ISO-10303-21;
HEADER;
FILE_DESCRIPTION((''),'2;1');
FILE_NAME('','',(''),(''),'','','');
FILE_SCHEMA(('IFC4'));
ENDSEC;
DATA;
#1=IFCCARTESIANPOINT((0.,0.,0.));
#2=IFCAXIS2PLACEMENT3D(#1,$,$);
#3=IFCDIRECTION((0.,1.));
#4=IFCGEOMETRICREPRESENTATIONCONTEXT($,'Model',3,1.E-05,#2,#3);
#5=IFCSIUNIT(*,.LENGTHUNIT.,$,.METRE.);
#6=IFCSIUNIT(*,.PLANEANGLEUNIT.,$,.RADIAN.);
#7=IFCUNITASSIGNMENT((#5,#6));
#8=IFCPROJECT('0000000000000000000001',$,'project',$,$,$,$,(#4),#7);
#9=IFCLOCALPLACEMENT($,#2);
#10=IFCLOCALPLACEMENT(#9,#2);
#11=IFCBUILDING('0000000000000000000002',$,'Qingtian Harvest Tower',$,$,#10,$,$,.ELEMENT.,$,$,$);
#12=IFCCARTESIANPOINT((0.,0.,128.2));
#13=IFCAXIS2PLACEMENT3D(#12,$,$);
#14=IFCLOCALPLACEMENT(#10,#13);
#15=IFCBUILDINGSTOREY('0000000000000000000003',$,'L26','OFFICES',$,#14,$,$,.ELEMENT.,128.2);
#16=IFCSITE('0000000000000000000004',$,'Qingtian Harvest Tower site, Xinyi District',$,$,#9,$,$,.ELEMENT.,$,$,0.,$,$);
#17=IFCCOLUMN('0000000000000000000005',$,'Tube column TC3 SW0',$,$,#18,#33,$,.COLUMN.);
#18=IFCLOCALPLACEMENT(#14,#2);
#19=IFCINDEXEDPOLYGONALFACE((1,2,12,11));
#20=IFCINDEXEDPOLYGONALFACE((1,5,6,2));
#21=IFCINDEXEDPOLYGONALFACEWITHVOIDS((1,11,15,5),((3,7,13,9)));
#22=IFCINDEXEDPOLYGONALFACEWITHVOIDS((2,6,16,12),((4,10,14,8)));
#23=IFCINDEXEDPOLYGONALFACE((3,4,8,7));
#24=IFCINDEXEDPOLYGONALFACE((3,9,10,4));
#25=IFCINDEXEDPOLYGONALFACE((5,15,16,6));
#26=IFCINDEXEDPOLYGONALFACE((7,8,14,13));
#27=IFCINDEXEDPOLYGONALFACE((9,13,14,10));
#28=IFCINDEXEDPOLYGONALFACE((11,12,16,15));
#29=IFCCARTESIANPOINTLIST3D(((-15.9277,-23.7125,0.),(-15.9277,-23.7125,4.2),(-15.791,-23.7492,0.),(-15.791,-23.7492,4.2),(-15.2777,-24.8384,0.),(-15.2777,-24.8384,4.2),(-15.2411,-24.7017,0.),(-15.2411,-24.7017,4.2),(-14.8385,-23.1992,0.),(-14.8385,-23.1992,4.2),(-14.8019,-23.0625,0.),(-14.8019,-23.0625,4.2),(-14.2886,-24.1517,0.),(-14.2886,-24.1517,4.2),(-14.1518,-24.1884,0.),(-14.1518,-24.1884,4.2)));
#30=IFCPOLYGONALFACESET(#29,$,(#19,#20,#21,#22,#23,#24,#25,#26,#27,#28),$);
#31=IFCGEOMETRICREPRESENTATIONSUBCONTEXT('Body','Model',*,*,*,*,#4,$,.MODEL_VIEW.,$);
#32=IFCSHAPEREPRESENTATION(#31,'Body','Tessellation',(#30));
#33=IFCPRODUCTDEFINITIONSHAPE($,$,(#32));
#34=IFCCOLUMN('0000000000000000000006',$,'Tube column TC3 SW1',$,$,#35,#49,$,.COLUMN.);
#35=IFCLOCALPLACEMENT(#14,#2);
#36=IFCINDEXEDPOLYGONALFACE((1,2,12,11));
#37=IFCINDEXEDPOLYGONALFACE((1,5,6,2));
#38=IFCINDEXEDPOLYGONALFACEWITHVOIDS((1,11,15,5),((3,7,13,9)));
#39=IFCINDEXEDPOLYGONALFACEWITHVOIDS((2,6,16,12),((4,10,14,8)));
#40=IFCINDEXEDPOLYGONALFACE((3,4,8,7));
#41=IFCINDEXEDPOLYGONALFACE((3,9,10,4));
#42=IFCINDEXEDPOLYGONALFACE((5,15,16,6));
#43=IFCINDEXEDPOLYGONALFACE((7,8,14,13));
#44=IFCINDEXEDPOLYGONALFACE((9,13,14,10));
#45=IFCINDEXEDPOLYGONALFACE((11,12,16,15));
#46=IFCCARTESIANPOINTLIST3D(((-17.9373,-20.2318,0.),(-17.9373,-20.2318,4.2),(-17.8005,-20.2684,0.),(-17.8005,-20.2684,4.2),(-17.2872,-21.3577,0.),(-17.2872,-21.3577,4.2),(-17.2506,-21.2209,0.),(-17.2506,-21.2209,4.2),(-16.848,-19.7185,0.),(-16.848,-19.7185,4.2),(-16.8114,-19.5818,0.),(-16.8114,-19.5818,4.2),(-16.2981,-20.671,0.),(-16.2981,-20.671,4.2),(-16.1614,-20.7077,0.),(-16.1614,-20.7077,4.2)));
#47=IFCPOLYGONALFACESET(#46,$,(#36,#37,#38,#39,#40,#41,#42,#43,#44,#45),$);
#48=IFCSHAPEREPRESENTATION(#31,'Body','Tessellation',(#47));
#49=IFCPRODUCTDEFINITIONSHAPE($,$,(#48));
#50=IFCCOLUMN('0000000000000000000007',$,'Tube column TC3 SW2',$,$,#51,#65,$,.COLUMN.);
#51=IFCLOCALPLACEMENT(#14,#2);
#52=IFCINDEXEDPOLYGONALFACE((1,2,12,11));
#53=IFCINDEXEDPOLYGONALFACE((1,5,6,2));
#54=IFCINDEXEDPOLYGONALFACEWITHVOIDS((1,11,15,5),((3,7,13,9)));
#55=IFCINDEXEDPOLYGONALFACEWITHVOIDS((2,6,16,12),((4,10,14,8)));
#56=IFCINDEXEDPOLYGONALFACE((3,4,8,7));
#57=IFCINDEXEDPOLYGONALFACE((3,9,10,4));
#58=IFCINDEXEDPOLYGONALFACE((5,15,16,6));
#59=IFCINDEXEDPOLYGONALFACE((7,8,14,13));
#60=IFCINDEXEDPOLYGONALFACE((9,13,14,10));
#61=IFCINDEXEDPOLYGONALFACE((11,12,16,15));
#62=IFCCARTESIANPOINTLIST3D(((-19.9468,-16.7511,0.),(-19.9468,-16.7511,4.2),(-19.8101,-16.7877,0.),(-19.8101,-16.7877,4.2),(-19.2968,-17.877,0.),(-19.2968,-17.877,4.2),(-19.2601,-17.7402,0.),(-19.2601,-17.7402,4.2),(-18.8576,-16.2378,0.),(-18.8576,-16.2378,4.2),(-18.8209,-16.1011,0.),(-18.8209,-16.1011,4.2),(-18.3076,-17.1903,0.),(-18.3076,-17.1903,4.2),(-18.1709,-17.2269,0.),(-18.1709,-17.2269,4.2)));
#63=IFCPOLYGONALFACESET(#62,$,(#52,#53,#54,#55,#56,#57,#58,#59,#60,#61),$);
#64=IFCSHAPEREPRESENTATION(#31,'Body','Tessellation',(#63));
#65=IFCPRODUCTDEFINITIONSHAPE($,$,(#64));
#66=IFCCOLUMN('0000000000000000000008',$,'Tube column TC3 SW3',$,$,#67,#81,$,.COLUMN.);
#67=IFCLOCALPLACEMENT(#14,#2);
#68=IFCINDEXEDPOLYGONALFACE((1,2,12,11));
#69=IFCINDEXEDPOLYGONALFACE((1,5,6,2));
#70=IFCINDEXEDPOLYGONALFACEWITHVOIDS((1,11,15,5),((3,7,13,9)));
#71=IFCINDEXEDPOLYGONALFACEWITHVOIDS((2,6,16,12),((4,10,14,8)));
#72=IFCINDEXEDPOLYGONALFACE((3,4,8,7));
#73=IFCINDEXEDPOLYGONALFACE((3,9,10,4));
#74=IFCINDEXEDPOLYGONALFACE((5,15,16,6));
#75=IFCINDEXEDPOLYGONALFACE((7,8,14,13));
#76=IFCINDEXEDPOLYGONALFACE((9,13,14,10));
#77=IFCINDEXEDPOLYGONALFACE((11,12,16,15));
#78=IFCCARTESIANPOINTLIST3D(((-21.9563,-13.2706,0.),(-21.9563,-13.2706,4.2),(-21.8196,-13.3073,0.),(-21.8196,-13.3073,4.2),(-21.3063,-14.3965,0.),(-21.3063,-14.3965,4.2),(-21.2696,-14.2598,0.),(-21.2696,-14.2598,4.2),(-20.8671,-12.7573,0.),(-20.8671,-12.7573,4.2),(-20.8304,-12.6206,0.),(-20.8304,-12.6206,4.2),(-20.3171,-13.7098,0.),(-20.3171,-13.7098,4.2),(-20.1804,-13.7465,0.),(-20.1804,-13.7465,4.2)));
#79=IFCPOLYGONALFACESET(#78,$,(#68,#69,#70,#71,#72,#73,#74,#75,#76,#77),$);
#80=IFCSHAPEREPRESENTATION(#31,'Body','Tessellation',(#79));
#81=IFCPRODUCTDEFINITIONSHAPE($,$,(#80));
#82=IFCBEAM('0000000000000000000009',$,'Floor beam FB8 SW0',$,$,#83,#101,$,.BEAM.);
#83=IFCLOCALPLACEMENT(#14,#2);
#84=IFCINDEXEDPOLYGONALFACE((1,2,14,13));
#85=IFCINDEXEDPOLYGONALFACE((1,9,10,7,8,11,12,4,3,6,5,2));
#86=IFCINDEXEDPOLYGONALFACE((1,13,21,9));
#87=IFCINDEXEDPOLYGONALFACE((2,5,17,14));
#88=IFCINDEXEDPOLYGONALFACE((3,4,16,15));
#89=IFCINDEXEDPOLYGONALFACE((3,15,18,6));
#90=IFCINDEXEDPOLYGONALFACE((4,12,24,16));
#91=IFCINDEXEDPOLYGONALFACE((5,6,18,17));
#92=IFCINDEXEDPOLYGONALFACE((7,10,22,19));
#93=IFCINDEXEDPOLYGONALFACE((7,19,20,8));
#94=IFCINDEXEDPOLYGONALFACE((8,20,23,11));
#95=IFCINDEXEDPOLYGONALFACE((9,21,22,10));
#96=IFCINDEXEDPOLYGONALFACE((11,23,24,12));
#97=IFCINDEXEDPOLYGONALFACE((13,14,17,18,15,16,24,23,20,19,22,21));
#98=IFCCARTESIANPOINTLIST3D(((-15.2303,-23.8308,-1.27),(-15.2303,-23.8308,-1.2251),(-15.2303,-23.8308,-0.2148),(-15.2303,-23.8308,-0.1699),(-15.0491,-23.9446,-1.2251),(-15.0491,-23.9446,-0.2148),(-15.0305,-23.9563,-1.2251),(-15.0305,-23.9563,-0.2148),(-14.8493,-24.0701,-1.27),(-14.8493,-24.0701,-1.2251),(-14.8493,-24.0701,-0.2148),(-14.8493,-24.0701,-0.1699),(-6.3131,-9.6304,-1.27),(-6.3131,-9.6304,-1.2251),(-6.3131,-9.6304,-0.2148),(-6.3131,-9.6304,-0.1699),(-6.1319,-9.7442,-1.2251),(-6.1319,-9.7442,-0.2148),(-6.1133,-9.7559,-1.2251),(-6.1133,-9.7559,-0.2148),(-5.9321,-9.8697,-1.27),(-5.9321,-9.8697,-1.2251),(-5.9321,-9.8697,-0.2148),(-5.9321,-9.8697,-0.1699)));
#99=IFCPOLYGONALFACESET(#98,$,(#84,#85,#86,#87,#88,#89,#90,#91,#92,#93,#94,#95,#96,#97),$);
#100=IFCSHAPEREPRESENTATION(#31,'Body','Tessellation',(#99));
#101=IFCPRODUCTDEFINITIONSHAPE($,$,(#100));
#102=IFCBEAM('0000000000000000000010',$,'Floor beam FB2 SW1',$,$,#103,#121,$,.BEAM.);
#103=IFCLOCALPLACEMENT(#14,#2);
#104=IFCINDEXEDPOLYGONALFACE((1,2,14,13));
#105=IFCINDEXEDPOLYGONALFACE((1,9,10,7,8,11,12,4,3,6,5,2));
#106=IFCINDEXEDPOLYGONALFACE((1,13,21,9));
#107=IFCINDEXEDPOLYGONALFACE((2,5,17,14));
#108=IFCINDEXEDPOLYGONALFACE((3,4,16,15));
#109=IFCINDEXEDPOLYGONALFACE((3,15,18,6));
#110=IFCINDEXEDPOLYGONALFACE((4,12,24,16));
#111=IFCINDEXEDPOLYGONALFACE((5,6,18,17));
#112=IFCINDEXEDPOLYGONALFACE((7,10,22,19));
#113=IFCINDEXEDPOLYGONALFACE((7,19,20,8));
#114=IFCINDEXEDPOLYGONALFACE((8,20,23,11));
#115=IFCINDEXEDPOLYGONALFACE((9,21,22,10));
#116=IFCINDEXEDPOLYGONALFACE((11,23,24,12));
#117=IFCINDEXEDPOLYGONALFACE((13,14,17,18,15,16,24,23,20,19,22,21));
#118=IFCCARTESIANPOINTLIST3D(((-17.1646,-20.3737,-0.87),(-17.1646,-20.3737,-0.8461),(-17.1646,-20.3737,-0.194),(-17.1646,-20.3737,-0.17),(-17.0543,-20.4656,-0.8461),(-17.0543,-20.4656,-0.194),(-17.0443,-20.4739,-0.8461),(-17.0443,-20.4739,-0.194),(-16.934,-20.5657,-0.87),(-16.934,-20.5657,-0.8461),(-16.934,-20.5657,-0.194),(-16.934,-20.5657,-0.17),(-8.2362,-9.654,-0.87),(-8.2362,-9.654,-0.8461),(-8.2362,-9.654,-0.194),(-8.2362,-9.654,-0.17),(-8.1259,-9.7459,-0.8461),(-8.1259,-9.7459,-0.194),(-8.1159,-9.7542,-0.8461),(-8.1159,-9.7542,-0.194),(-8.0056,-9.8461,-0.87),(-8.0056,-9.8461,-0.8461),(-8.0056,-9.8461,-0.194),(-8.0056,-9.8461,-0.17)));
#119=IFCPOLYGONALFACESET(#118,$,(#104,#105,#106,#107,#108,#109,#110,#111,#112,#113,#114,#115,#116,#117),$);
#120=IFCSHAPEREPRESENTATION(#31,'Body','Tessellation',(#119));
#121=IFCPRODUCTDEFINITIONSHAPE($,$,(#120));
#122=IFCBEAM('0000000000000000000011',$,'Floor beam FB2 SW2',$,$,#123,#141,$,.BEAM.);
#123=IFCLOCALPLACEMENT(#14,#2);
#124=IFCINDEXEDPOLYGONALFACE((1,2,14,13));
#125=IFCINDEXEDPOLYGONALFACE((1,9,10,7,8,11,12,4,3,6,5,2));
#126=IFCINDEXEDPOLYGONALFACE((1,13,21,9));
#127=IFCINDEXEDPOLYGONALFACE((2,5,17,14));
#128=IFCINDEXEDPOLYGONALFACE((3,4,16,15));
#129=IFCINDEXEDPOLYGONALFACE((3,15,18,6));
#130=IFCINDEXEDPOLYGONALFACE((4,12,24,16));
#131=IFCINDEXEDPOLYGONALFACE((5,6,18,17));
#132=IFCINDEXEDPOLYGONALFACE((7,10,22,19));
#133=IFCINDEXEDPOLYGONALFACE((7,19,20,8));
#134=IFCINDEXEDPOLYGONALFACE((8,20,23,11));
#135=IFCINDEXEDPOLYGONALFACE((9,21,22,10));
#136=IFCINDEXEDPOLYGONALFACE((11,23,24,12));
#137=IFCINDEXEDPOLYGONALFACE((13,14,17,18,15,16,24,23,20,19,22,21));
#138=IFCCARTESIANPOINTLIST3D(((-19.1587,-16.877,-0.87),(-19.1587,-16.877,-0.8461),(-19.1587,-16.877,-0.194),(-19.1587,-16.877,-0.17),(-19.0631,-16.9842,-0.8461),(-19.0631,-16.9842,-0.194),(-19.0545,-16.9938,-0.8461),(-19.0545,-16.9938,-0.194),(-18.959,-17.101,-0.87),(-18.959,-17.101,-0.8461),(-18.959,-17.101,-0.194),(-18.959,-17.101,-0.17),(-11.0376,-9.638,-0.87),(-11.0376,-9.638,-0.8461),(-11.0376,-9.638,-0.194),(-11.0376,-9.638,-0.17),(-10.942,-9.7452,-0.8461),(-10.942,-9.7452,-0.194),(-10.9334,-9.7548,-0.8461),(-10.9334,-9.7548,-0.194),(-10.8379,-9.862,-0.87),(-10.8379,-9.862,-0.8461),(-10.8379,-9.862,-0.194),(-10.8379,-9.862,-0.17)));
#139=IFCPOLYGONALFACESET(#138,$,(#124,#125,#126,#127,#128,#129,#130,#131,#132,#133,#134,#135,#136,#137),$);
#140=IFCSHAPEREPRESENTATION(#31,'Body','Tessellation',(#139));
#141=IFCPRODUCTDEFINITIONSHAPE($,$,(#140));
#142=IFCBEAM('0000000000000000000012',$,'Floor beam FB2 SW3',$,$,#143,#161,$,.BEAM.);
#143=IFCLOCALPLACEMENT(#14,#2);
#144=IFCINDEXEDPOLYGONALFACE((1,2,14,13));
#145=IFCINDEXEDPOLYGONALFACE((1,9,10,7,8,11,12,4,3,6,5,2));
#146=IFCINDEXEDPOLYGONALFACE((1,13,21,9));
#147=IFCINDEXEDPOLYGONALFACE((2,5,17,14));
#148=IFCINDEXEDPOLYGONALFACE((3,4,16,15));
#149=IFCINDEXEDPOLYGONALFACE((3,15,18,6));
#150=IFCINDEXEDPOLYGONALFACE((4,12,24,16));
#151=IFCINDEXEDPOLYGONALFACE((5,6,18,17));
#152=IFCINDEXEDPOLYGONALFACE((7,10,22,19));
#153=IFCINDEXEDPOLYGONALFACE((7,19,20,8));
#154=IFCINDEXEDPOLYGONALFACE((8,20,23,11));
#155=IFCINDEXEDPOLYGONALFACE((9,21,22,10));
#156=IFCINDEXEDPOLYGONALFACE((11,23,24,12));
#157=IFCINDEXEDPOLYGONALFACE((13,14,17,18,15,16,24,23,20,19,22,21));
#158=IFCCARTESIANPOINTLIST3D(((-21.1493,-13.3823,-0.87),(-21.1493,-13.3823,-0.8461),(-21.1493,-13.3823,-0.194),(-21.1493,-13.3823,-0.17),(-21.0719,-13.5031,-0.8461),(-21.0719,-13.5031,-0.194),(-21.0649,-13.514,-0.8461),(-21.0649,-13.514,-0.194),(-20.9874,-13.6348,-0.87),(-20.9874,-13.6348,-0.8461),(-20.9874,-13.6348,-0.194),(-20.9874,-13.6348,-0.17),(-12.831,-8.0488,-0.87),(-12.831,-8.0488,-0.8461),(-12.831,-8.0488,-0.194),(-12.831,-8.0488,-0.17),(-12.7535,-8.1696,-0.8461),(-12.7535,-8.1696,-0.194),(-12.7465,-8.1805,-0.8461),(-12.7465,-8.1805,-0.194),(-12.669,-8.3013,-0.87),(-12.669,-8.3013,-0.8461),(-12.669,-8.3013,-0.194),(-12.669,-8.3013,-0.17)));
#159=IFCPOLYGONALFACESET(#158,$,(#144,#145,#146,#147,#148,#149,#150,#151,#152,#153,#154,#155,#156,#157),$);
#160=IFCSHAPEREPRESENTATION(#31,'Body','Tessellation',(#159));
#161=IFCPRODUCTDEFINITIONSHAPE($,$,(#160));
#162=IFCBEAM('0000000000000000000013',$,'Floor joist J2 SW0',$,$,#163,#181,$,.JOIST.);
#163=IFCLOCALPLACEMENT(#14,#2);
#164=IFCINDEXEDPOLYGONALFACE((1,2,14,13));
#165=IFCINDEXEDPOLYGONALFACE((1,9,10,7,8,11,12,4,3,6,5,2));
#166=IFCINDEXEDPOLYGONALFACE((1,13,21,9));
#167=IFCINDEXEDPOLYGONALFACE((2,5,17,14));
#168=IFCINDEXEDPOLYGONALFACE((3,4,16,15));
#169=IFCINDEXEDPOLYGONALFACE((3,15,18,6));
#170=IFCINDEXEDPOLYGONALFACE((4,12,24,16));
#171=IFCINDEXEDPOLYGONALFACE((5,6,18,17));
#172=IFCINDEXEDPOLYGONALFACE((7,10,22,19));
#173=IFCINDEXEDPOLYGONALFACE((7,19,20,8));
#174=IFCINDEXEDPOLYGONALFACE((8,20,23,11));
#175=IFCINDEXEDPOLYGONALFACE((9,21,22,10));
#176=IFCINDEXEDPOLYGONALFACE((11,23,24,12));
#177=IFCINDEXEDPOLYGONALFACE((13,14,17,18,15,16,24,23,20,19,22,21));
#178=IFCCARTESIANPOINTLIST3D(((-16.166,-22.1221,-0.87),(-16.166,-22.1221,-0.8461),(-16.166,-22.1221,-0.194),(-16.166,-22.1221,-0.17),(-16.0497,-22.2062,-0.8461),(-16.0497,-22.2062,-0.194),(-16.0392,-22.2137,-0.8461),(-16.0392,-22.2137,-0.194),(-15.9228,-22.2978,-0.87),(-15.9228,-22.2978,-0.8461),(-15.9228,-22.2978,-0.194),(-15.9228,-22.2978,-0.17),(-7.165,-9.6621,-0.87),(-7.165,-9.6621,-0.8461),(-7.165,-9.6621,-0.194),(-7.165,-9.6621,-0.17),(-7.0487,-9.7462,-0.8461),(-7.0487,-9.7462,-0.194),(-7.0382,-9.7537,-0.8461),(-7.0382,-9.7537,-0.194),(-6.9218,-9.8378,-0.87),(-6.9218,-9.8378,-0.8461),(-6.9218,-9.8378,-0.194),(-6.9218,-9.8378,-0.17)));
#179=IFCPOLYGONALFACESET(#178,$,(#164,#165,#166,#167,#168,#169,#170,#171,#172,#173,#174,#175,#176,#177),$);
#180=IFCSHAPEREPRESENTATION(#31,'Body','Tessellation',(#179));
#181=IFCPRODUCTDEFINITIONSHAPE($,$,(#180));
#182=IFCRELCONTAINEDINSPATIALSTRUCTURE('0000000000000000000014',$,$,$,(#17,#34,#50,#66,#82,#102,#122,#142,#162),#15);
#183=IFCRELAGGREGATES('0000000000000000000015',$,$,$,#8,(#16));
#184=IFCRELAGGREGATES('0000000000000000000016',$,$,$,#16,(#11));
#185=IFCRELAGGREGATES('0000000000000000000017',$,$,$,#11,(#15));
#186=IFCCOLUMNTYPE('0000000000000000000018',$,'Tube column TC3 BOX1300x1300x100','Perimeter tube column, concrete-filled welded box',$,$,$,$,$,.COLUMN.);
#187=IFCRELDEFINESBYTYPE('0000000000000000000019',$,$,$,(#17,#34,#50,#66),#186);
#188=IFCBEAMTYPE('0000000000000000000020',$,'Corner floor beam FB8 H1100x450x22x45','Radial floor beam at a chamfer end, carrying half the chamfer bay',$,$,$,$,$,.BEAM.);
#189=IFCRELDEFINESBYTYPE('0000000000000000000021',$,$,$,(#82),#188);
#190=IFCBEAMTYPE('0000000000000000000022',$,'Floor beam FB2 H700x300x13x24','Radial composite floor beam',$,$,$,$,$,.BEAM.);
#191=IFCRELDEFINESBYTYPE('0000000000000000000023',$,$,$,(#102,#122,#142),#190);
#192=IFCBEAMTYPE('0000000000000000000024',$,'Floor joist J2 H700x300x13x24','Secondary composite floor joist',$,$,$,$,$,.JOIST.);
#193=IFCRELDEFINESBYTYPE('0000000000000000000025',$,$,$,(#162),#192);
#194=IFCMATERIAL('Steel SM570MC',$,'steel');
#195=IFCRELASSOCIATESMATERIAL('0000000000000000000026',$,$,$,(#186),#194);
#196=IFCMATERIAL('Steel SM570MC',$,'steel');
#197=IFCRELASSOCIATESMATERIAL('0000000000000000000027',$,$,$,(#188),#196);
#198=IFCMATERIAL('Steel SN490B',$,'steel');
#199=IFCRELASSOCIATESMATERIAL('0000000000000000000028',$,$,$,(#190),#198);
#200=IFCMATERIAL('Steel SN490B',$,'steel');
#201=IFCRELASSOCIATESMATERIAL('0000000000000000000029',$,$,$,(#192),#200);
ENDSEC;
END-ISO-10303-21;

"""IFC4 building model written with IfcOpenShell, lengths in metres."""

from ifc_helpers import new_model, si_unit, direction, frame, origin, origin_2d, place, context, subcontext, project, spatial, hollow_rectangle, i_section, extrude, material, material_profile, profile_set, type_object, element, save


model = new_model("IFC4")

# Units and contexts
model_context = context("Model", 3, precision=1e-05, world=origin(), true_north=direction((0.0, 1.0)))
body_context = subcontext(model_context, "Body", "Model", "MODEL_VIEW")
ifc_project = project(units=[si_unit("LENGTHUNIT", "METRE"), si_unit("PLANEANGLEUNIT", "RADIAN")], contexts=[model_context])

# Site, building, storey
site_placement = place(None, origin())
site = spatial("IfcSite", under=ifc_project, at=site_placement, Name="Qingtian Harvest Tower site, Xinyi District", CompositionType="ELEMENT", RefElevation=0.0)
building_placement = place(site_placement, origin())
building = spatial("IfcBuilding", under=site, at=building_placement, Name="Qingtian Harvest Tower", CompositionType="ELEMENT")
storey_placement = place(building_placement, frame((0.0, 0.0, 128.2)))
storey = spatial("IfcBuildingStorey", under=building, at=storey_placement, Name="L26", Description="OFFICES", CompositionType="ELEMENT", Elevation=128.2)

# Columns
ifc_material_1 = material(Name="Steel SM570MC", Category="steel")
ifc_material_profile_1 = material_profile(ifc_material_1, hollow_rectangle(XDim=1.3, YDim=1.3, WallThickness=0.1001, at=origin_2d()), Name="BOX1300x1300x100")
ifc_profile_set_1 = profile_set([ifc_material_profile_1], Name="Steel SM570MC")
column_type = type_object("IfcColumnType", Name="Tube column TC3 BOX1300x1300x100", Description="Perimeter tube column, concrete-filled welded box", PredefinedType="COLUMN", material=ifc_profile_set_1)
for number, where, z_axis, x_axis, name in (
    (1, (-15.0398, -23.9504, 0.0), (0.0, 0.0, 1.0), (0.5, -0.866025, 0.0), "Tube column TC3 SW0"),
    (2, (-17.0493, -20.4697, 0.0), (0.0, 0.0, 1.0), (0.5, -0.866025, 0.0), "Tube column TC3 SW1"),
    (3, (-19.0588, -16.989, 0.0), (0.0, 0.0, 1.0), (0.5, -0.866025, 0.0), "Tube column TC3 SW2"),
    (4, (-21.0684, -13.5085, 0.0), (0.0, 0.0, 1.0), (0.5, -0.866025, 0.0), "Tube column TC3 SW3"),
):
    element("IfcColumn", number, at=place(storey_placement, frame(where, z_axis=z_axis, x_axis=x_axis)), inside=storey, type_object=column_type, Name=name, PredefinedType="COLUMN", context=body_context, shape_type="SweptSolid", body=[
        extrude(hollow_rectangle(XDim=1.3, YDim=1.3, WallThickness=0.1001, at=origin_2d()), origin(), (0.0, 0.0, 1.0), 4.2),
    ])

# Beams
ifc_material_2 = material(Name="Steel SM570MC", Category="steel")
ifc_material_profile_2 = material_profile(ifc_material_2, i_section(OverallWidth=0.45, OverallDepth=1.1001, WebThickness=0.022, FlangeThickness=0.0449, at=origin_2d()), Name="H1100x450x22x45")
ifc_profile_set_2 = profile_set([ifc_material_profile_2], Name="Steel SM570MC")
beam_type_1 = type_object("IfcBeamType", Name="Corner floor beam FB8 H1100x450x22x45", Description="Radial floor beam at a chamfer end, carrying half the chamfer bay", PredefinedType="BEAM", material=ifc_profile_set_2)
beam_1_placement = place(storey_placement, frame((-15.0398, -23.9504, -0.72), z_axis=(0.531797, 0.846872, 0.0), x_axis=(-0.846872, 0.531797, 0.0)))
element("IfcBeam", 5, at=beam_1_placement, inside=storey, type_object=beam_type_1, Name="Floor beam FB8 SW0", PredefinedType="BEAM", context=body_context, shape_type="SweptSolid", body=[
    extrude(i_section(OverallWidth=0.45, OverallDepth=1.1001, WebThickness=0.022, FlangeThickness=0.0449, at=origin_2d()), origin(), (0.0, 0.0, 1.0), 16.7681),
])
ifc_material_3 = material(Name="Steel SN490B", Category="steel")
ifc_material_profile_3 = material_profile(ifc_material_3, i_section(OverallWidth=0.3, OverallDepth=0.7, WebThickness=0.0129, FlangeThickness=0.0239, at=origin_2d()), Name="H700x300x13x24")
ifc_profile_set_3 = profile_set([ifc_material_profile_3], Name="Steel SN490B")
beam_type_2 = type_object("IfcBeamType", Name="Floor beam FB2 H700x300x13x24", Description="Radial composite floor beam", PredefinedType="BEAM", material=ifc_profile_set_3)
beam_2_placement = place(storey_placement, frame((-17.0493, -20.4697, -0.52), z_axis=(0.639988, 0.768385, 0.0), x_axis=(-0.768385, 0.639988, 0.0)))
element("IfcBeam", 6, at=beam_2_placement, inside=storey, type_object=beam_type_2, Name="Floor beam FB2 SW1", PredefinedType="BEAM", context=body_context, shape_type="SweptSolid", body=[
    extrude(i_section(OverallWidth=0.3, OverallDepth=0.7, WebThickness=0.0129, FlangeThickness=0.0239, at=origin_2d()), origin(), (0.0, 0.0, 1.0), 13.9509),
])
beam_3_placement = place(storey_placement, frame((-19.0588, -16.989, -0.52), z_axis=(0.746484, 0.665404, 0.0), x_axis=(-0.665404, 0.746484, 0.0)))
element("IfcBeam", 7, at=beam_3_placement, inside=storey, type_object=beam_type_2, Name="Floor beam FB2 SW2", PredefinedType="BEAM", context=body_context, shape_type="SweptSolid", body=[
    extrude(i_section(OverallWidth=0.3, OverallDepth=0.7, WebThickness=0.0129, FlangeThickness=0.0239, at=origin_2d()), origin(), (0.0, 0.0, 1.0), 10.8792),
])
beam_4_placement = place(storey_placement, frame((-21.0684, -13.5085, -0.52), z_axis=(0.841823, 0.539753, 0.0), x_axis=(-0.539753, 0.841823, 0.0)))
element("IfcBeam", 8, at=beam_4_placement, inside=storey, type_object=beam_type_2, Name="Floor beam FB2 SW3", PredefinedType="BEAM", context=body_context, shape_type="SweptSolid", body=[
    extrude(i_section(OverallWidth=0.3, OverallDepth=0.7, WebThickness=0.0129, FlangeThickness=0.0239, at=origin_2d()), origin(), (0.0, 0.0, 1.0), 9.8813),
])
ifc_material_4 = material(Name="Steel SN490B", Category="steel")
ifc_material_profile_4 = material_profile(ifc_material_4, i_section(OverallWidth=0.3, OverallDepth=0.7, WebThickness=0.0129, FlangeThickness=0.0239, at=origin_2d()), Name="H700x300x13x24")
ifc_profile_set_4 = profile_set([ifc_material_profile_4], Name="Steel SN490B")
beam_type_3 = type_object("IfcBeamType", Name="Floor joist J2 H700x300x13x24", Description="Secondary composite floor joist", PredefinedType="JOIST", material=ifc_profile_set_4)
beam_5_placement = place(storey_placement, frame((-16.0444, -22.21, -0.52), z_axis=(0.585581, 0.810614, 0.0), x_axis=(-0.810614, 0.585581, 0.0)))
element("IfcBeam", 9, at=beam_5_placement, inside=storey, type_object=beam_type_3, Name="Floor joist J2 SW0", PredefinedType="JOIST", context=body_context, shape_type="SweptSolid", body=[
    extrude(i_section(OverallWidth=0.3, OverallDepth=0.7, WebThickness=0.0129, FlangeThickness=0.0239, at=origin_2d()), origin(), (0.0, 0.0, 1.0), 15.3711),
])

save(model, "model.ifc")
